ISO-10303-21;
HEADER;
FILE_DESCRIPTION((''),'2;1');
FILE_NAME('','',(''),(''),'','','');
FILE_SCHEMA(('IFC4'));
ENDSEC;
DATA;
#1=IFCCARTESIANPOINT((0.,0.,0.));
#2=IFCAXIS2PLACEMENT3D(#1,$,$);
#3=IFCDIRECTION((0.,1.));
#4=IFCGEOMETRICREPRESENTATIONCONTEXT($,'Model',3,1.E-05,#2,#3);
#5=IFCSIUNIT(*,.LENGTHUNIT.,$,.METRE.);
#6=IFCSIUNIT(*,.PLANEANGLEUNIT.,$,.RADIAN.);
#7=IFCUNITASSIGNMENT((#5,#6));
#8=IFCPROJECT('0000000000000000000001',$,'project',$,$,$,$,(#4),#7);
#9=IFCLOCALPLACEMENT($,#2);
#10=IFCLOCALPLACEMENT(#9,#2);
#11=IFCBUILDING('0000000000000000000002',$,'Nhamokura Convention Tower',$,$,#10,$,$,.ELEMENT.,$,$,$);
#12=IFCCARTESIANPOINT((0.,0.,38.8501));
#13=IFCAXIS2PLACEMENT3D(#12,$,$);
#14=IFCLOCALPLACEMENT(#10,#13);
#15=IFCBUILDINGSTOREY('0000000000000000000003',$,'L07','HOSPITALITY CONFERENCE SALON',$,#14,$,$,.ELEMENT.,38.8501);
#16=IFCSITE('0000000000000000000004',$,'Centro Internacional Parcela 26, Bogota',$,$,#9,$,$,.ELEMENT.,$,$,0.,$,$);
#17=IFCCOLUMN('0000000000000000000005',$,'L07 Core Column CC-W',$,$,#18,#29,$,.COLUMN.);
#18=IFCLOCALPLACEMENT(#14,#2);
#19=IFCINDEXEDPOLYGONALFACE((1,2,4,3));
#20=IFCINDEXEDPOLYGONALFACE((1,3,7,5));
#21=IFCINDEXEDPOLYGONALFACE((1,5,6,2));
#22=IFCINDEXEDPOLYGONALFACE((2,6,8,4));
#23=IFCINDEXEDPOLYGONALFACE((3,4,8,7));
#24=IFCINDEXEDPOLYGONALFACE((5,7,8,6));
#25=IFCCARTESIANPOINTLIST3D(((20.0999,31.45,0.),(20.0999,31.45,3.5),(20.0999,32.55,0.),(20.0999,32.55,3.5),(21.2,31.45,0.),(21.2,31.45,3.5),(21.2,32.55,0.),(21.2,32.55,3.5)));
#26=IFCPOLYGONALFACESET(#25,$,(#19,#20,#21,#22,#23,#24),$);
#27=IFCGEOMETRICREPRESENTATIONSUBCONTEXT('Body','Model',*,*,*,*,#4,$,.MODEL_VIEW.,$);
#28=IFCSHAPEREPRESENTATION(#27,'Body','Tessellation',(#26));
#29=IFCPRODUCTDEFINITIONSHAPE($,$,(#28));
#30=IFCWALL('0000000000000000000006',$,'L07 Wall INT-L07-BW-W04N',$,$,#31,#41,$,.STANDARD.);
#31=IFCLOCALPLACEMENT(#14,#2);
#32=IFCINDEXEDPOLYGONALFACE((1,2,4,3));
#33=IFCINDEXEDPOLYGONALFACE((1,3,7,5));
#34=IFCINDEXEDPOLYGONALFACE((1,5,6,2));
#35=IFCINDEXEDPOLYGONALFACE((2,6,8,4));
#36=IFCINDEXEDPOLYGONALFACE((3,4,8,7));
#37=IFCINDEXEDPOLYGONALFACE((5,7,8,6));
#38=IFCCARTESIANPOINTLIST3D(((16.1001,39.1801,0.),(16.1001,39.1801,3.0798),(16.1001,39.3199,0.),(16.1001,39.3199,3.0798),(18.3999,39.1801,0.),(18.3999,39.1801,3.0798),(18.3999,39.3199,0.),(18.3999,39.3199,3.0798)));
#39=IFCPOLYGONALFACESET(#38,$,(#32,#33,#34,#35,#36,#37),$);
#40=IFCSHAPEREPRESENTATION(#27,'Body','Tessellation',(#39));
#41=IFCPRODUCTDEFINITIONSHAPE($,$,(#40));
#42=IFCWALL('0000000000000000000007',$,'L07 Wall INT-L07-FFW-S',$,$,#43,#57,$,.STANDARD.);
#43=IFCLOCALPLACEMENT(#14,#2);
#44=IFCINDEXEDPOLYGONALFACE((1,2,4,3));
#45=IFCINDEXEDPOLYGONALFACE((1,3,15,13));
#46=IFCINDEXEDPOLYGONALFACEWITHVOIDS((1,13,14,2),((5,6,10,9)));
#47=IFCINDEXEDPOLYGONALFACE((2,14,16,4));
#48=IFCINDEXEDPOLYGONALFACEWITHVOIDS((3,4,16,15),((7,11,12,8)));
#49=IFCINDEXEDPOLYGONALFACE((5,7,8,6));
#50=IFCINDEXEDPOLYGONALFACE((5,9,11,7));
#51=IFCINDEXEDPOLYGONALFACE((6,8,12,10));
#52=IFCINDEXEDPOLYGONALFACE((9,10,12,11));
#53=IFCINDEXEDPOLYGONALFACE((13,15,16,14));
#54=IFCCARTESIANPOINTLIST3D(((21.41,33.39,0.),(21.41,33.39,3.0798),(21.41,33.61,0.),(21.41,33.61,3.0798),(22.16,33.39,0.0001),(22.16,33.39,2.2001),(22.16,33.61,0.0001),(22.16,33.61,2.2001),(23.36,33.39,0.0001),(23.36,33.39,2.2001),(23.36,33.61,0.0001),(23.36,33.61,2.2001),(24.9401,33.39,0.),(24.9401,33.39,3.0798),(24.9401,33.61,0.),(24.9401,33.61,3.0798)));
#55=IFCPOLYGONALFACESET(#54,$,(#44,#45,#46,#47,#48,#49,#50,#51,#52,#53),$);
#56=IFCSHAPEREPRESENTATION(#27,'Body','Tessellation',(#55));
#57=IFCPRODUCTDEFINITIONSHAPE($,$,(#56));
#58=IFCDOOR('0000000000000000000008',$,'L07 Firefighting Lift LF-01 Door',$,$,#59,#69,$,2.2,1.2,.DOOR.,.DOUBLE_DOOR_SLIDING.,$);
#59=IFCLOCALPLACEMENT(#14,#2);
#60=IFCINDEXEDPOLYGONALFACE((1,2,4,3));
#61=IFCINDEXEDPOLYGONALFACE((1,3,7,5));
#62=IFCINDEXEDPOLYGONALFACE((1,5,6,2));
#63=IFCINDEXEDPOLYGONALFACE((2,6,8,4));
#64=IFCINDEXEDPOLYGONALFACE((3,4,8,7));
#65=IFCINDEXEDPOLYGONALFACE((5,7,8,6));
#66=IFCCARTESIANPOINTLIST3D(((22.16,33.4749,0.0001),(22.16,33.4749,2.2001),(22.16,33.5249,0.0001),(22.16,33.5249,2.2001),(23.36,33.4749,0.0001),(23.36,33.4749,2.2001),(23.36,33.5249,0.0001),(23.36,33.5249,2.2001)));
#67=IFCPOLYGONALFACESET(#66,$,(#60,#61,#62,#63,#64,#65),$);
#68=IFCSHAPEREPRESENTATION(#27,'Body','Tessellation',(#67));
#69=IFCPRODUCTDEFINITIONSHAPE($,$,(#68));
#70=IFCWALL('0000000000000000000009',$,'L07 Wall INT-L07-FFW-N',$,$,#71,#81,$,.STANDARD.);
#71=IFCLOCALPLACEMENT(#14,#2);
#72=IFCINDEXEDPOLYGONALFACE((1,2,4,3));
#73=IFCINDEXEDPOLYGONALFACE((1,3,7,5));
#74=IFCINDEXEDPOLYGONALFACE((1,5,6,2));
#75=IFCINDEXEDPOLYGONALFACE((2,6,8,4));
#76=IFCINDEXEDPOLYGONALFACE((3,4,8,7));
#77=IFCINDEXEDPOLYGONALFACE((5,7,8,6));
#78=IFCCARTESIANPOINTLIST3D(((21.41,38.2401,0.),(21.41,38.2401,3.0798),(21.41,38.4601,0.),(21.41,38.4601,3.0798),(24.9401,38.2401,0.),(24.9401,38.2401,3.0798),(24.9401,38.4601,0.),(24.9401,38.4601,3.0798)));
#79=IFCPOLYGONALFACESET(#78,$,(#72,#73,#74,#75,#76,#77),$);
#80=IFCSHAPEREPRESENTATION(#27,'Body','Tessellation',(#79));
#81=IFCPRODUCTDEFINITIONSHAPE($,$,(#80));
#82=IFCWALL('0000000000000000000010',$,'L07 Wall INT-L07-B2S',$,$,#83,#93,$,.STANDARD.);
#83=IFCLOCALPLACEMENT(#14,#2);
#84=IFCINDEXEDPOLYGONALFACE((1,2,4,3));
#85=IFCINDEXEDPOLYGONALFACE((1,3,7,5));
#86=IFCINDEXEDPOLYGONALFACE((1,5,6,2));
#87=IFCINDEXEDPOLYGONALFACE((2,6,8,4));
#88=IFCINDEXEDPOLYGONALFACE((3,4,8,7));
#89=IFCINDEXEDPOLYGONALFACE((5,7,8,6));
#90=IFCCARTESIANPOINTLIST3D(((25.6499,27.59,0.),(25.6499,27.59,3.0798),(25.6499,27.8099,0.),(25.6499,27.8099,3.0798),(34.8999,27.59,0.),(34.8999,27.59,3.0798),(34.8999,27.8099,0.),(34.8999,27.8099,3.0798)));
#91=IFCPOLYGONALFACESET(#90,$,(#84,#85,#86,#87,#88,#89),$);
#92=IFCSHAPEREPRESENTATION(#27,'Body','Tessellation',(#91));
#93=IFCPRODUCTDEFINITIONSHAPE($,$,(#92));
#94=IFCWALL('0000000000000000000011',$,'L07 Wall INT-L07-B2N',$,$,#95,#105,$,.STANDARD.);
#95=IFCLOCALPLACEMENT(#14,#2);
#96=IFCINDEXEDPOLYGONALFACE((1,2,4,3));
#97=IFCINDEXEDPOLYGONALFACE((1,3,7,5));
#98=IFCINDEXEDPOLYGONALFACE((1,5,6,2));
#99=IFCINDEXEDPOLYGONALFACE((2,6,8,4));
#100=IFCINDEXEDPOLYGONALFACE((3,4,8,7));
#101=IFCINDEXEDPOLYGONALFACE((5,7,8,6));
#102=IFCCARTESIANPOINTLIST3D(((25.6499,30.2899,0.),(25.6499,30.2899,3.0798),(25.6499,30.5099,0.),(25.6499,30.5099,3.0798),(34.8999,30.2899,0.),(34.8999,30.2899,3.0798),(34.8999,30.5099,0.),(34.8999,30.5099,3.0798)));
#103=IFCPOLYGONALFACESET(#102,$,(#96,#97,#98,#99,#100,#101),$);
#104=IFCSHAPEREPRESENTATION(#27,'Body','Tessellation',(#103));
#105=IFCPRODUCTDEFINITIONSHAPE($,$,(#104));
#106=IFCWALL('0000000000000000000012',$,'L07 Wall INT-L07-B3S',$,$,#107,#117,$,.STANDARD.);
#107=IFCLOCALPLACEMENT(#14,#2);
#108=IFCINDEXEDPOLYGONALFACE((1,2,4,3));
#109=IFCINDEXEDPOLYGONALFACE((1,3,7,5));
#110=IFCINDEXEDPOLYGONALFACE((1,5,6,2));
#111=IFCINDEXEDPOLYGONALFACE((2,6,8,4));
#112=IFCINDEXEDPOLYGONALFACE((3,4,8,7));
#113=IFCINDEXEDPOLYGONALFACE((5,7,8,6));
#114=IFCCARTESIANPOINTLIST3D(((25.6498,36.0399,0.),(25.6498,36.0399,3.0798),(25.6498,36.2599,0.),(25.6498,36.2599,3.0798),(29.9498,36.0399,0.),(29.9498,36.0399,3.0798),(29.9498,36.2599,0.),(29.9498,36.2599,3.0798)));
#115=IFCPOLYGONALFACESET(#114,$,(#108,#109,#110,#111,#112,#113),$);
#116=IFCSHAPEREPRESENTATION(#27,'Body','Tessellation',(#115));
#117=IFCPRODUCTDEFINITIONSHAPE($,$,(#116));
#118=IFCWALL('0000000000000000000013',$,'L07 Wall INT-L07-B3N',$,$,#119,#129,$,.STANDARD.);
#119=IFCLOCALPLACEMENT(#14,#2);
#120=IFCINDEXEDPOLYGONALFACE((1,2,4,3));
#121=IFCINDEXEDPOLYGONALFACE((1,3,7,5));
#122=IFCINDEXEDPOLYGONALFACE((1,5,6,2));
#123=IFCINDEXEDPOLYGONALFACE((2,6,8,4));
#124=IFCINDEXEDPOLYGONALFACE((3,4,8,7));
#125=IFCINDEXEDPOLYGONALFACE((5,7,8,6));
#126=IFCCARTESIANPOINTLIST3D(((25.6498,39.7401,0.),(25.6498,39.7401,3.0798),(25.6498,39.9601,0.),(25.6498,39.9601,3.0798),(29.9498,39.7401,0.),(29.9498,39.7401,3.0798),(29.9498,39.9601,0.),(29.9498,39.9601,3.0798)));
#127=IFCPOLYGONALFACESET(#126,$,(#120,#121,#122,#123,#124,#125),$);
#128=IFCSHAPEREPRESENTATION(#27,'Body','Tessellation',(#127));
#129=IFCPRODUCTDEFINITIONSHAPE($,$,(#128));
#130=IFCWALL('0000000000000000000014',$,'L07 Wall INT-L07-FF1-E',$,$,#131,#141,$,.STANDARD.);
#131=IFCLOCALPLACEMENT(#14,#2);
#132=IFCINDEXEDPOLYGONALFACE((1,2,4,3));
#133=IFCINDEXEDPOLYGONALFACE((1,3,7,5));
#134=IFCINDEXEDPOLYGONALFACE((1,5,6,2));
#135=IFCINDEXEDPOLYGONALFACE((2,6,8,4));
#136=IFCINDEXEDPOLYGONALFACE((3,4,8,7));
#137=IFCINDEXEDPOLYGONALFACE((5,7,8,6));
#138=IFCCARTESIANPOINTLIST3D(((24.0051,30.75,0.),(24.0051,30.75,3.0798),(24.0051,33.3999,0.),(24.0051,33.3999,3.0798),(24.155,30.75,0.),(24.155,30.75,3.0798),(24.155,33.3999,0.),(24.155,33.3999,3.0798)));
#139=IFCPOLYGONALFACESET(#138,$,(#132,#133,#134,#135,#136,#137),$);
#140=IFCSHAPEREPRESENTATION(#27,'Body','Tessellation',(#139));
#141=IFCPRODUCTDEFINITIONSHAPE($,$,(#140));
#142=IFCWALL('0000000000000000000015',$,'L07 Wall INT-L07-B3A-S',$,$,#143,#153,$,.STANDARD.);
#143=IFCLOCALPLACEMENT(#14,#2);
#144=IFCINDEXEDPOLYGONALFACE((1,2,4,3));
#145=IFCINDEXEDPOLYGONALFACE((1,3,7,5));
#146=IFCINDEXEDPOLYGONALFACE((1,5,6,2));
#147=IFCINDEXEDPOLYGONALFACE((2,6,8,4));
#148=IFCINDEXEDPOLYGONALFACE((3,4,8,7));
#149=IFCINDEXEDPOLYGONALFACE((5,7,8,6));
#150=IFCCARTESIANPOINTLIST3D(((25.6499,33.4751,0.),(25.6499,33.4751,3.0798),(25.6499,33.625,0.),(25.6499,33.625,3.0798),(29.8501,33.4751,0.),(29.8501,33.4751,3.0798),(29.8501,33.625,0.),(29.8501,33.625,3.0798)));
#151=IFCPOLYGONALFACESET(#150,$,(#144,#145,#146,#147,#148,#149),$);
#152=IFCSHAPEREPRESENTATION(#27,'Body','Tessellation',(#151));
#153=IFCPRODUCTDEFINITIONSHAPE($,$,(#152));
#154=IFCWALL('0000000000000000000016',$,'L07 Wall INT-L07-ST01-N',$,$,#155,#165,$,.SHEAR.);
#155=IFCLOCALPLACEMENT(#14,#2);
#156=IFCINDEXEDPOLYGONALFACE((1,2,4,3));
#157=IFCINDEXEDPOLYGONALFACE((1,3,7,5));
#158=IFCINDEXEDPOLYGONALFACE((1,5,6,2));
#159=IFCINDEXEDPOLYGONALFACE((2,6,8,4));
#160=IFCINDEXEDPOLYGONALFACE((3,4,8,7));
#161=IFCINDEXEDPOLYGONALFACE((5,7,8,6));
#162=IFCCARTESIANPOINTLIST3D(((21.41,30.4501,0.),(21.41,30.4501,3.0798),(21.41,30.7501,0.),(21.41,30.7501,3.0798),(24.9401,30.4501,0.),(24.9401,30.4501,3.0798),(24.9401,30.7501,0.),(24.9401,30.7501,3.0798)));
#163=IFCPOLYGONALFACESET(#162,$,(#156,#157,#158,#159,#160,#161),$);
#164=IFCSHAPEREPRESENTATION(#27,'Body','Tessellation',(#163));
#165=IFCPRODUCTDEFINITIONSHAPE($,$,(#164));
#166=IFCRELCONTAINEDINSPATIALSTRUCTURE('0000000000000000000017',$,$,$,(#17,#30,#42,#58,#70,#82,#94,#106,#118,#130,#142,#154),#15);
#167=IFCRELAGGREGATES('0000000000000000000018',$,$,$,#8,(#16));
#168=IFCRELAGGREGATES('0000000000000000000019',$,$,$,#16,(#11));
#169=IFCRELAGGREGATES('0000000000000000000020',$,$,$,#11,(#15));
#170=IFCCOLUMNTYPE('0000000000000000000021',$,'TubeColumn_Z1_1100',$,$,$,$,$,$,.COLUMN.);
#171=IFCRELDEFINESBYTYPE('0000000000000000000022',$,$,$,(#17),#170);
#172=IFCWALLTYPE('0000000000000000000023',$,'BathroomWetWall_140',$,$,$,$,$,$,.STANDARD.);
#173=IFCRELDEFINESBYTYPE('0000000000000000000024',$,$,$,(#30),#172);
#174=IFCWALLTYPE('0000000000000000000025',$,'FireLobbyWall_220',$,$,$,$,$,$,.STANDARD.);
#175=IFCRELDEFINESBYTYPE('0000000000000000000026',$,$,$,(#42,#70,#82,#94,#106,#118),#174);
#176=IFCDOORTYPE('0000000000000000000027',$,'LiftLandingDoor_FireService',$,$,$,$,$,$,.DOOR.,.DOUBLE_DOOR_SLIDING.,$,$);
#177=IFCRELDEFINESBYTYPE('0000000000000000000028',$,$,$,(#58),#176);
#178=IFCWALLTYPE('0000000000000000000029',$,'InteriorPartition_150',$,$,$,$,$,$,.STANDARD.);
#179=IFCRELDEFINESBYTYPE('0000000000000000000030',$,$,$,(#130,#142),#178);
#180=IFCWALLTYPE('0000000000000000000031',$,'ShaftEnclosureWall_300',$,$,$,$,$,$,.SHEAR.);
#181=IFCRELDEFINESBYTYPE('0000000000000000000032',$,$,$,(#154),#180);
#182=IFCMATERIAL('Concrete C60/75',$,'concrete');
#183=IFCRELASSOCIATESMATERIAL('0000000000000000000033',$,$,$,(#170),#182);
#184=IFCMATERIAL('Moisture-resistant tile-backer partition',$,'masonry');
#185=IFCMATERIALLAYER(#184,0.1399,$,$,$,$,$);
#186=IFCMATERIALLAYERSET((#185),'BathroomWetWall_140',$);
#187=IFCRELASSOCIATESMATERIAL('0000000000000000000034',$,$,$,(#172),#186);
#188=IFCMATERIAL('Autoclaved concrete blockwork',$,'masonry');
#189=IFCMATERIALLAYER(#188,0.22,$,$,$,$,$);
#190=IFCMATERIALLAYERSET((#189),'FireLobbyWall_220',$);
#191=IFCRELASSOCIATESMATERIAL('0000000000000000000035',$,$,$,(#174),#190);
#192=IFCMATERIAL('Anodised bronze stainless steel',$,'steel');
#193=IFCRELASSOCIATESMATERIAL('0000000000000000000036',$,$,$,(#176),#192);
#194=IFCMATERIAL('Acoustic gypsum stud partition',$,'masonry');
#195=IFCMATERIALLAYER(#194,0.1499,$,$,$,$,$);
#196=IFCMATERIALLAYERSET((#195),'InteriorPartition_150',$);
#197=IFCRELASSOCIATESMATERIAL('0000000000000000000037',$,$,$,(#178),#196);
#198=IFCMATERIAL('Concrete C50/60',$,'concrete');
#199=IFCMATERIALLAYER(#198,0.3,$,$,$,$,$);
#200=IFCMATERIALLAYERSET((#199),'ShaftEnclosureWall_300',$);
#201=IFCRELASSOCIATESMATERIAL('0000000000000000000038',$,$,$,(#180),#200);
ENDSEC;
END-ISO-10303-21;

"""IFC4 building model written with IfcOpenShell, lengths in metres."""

from ifc_helpers import new_model, si_unit, direction, frame, frame_2d, origin, origin_2d, place, context, subcontext, project, spatial, rectangle, extrude, material, layer, layer_set, material_profile, profile_set, type_object, element, fill, save


model = new_model("IFC4")

# Units and contexts
model_context = context("Model", 3, precision=1e-05, world=origin(), true_north=direction((0.0, 1.0)))
body_context = subcontext(model_context, "Body", "Model", "MODEL_VIEW")
ifc_project = project(units=[si_unit("LENGTHUNIT", "METRE"), si_unit("PLANEANGLEUNIT", "RADIAN")], contexts=[model_context])

# Site, building, storey
site_placement = place(None, origin())
site = spatial("IfcSite", under=ifc_project, at=site_placement, Name="Centro Internacional Parcela 26, Bogota", CompositionType="ELEMENT", RefElevation=0.0)
building_placement = place(site_placement, origin())
building = spatial("IfcBuilding", under=site, at=building_placement, Name="Nhamokura Convention Tower", CompositionType="ELEMENT")
storey_placement = place(building_placement, frame((0.0, 0.0, 38.8501)))
storey = spatial("IfcBuildingStorey", under=building, at=storey_placement, Name="L07", Description="HOSPITALITY CONFERENCE SALON", CompositionType="ELEMENT", Elevation=38.8501)

# Column
ifc_material_1 = material(Name="Concrete C60/75", Category="concrete")
ifc_material_profile = material_profile(ifc_material_1, rectangle(XDim=1.1001, YDim=1.1001, at=origin_2d()))
ifc_profile_set = profile_set([ifc_material_profile], Name="Concrete C60/75")
column_type = type_object("IfcColumnType", Name="TubeColumn_Z1_1100", PredefinedType="COLUMN", material=ifc_profile_set)
column_placement = place(storey_placement, frame((20.6499, 32.0, 0.0), z_axis=(0.0, 0.0, 1.0), x_axis=(1.0, 0.0, 0.0)))
element("IfcColumn", 1, at=column_placement, inside=storey, type_object=column_type, Name="L07 Core Column CC-W", PredefinedType="COLUMN", context=body_context, shape_type="SweptSolid", body=[
    extrude(rectangle(XDim=1.1001, YDim=1.1001, at=origin_2d()), origin(), (0.0, 0.0, 1.0), 3.5),
])

# Wall
ifc_material_2 = material(Name="Moisture-resistant tile-backer partition", Category="masonry")
ifc_layer_1 = layer(ifc_material_2, 0.1399)
ifc_layer_set_1 = layer_set([ifc_layer_1], Name="BathroomWetWall_140")
wall_type_1 = type_object("IfcWallType", Name="BathroomWetWall_140", PredefinedType="STANDARD", material=ifc_layer_set_1)
wall_1_placement = place(storey_placement, frame((16.1001, 39.25, 0.0), z_axis=(0.0, 0.0, 1.0), x_axis=(1.0, 0.0, 0.0)))
element("IfcWall", 2, at=wall_1_placement, inside=storey, type_object=wall_type_1, Name="L07 Wall INT-L07-BW-W04N", PredefinedType="STANDARD", context=body_context, shape_type="SweptSolid", body=[
    extrude(rectangle(XDim=2.2998, YDim=0.1399, at=frame_2d((1.1499, 0.0))), origin(), (0.0, 0.0, 1.0), 3.0798),
])

# Wall, opening, door
ifc_material_3 = material(Name="Autoclaved concrete blockwork", Category="masonry")
ifc_layer_2 = layer(ifc_material_3, 0.22)
ifc_layer_set_2 = layer_set([ifc_layer_2], Name="FireLobbyWall_220")
wall_type_2 = type_object("IfcWallType", Name="FireLobbyWall_220", PredefinedType="STANDARD", material=ifc_layer_set_2)
wall_2_placement = place(storey_placement, frame((21.4099, 33.5, 0.0), z_axis=(0.0, 0.0, 1.0), x_axis=(1.0, 0.0, 0.0)))
wall_2 = element("IfcWall", 3, at=wall_2_placement, inside=storey, type_object=wall_type_2, Name="L07 Wall INT-L07-FFW-S", PredefinedType="STANDARD", context=body_context, shape_type="SweptSolid", body=[
    extrude(rectangle(XDim=3.53, YDim=0.22, at=frame_2d((1.7651, 0.0))), origin(), (0.0, 0.0, 1.0), 3.0798),
])
opening_1_placement = place(wall_2_placement, frame((0.75, 0.0, 0.0)))
opening_1 = element("IfcOpeningElement", 4, at=opening_1_placement, cuts=wall_2, PredefinedType="OPENING", context=body_context, shape_type="SweptSolid", body=[
    extrude(rectangle(XDim=1.2, YDim=2.2, at=frame_2d((0.6001, 1.1001))), frame((0.0, 0.1199, 0.0), z_axis=(0.0, -1.0, 0.0), x_axis=(1.0, 0.0, 0.0)), (0.0, 0.0, 1.0), 0.24),
])
ifc_material_4 = material(Name="Anodised bronze stainless steel", Category="steel")
door_type_1 = type_object("IfcDoorType", Name="LiftLandingDoor_FireService", OperationType="DOUBLE_DOOR_SLIDING", PredefinedType="DOOR", material=ifc_material_4)
door_1_placement = place(opening_1_placement, origin())
door_1 = element("IfcDoor", 5, at=door_1_placement, inside=storey, type_object=door_type_1, Name="L07 Firefighting Lift LF-01 Door", OperationType="DOUBLE_DOOR_SLIDING", OverallHeight=2.2, OverallWidth=1.2, PredefinedType="DOOR", context=body_context, shape_type="SweptSolid", body=[
    extrude(rectangle(XDim=1.2, YDim=2.2, at=frame_2d((0.6001, 1.1001))), frame((0.0, 0.0249, 0.0), z_axis=(0.0, -1.0, 0.0), x_axis=(1.0, 0.0, 0.0)), (0.0, 0.0, 1.0), 0.05),
])
fill(opening_1, door_1)

# Walls
wall_3_placement = place(storey_placement, frame((21.4099, 38.3501, 0.0), z_axis=(0.0, 0.0, 1.0), x_axis=(1.0, 0.0, 0.0)))
element("IfcWall", 6, at=wall_3_placement, inside=storey, type_object=wall_type_2, Name="L07 Wall INT-L07-FFW-N", PredefinedType="STANDARD", context=body_context, shape_type="SweptSolid", body=[
    extrude(rectangle(XDim=3.53, YDim=0.22, at=frame_2d((1.7651, 0.0))), origin(), (0.0, 0.0, 1.0), 3.0798),
])
for number, where, z_axis, x_axis, name in (
    (7, (25.6499, 27.7, 0.0), (0.0, 0.0, 1.0), (1.0, 0.0, 0.0), "L07 Wall INT-L07-B2S"),
    (8, (25.6499, 30.3999, 0.0), (0.0, 0.0, 1.0), (1.0, 0.0, 0.0), "L07 Wall INT-L07-B2N"),
):
    element("IfcWall", number, at=place(storey_placement, frame(where, z_axis=z_axis, x_axis=x_axis)), inside=storey, type_object=wall_type_2, Name=name, PredefinedType="STANDARD", context=body_context, shape_type="SweptSolid", body=[
        extrude(rectangle(XDim=9.25, YDim=0.22, at=frame_2d((4.625, 0.0))), origin(), (0.0, 0.0, 1.0), 3.0798),
    ])
for number, where, z_axis, x_axis, name in (
    (9, (25.6499, 36.1499, 0.0), (0.0, 0.0, 1.0), (1.0, 0.0, 0.0), "L07 Wall INT-L07-B3S"),
    (10, (25.6499, 39.8501, 0.0), (0.0, 0.0, 1.0), (1.0, 0.0, 0.0), "L07 Wall INT-L07-B3N"),
):
    element("IfcWall", number, at=place(storey_placement, frame(where, z_axis=z_axis, x_axis=x_axis)), inside=storey, type_object=wall_type_2, Name=name, PredefinedType="STANDARD", context=body_context, shape_type="SweptSolid", body=[
        extrude(rectangle(XDim=4.3, YDim=0.22, at=frame_2d((2.1499, 0.0))), origin(), (0.0, 0.0, 1.0), 3.0798),
    ])
ifc_material_5 = material(Name="Acoustic gypsum stud partition", Category="masonry")
ifc_layer_3 = layer(ifc_material_5, 0.1499)
ifc_layer_set_3 = layer_set([ifc_layer_3], Name="InteriorPartition_150")
wall_type_3 = type_object("IfcWallType", Name="InteriorPartition_150", PredefinedType="STANDARD", material=ifc_layer_set_3)
wall_4_placement = place(storey_placement, frame((24.0801, 30.75, 0.0), z_axis=(0.0, 0.0, 1.0), x_axis=(0.0, 1.0, 0.0)))
element("IfcWall", 11, at=wall_4_placement, inside=storey, type_object=wall_type_3, Name="L07 Wall INT-L07-FF1-E", PredefinedType="STANDARD", context=body_context, shape_type="SweptSolid", body=[
    extrude(rectangle(XDim=2.6499, YDim=0.1499, at=frame_2d((1.325, 0.0))), origin(), (0.0, 0.0, 1.0), 3.0798),
])
wall_5_placement = place(storey_placement, frame((25.6499, 33.55, 0.0), z_axis=(0.0, 0.0, 1.0), x_axis=(1.0, 0.0, 0.0)))
element("IfcWall", 12, at=wall_5_placement, inside=storey, type_object=wall_type_3, Name="L07 Wall INT-L07-B3A-S", PredefinedType="STANDARD", context=body_context, shape_type="SweptSolid", body=[
    extrude(rectangle(XDim=4.2002, YDim=0.1499, at=frame_2d((2.1001, 0.0))), origin(), (0.0, 0.0, 1.0), 3.0798),
])
ifc_material_6 = material(Name="Concrete C50/60", Category="concrete")
ifc_layer_4 = layer(ifc_material_6, 0.3)
ifc_layer_set_4 = layer_set([ifc_layer_4], Name="ShaftEnclosureWall_300")
wall_type_4 = type_object("IfcWallType", Name="ShaftEnclosureWall_300", PredefinedType="SHEAR", material=ifc_layer_set_4)
wall_6_placement = place(storey_placement, frame((21.4099, 30.6001, 0.0), z_axis=(0.0, 0.0, 1.0), x_axis=(1.0, 0.0, 0.0)))
element("IfcWall", 13, at=wall_6_placement, inside=storey, type_object=wall_type_4, Name="L07 Wall INT-L07-ST01-N", PredefinedType="SHEAR", context=body_context, shape_type="SweptSolid", body=[
    extrude(rectangle(XDim=3.53, YDim=0.3, at=frame_2d((1.7651, 0.0))), origin(), (0.0, 0.0, 1.0), 3.0798),
])

save(model, "model.ifc")
